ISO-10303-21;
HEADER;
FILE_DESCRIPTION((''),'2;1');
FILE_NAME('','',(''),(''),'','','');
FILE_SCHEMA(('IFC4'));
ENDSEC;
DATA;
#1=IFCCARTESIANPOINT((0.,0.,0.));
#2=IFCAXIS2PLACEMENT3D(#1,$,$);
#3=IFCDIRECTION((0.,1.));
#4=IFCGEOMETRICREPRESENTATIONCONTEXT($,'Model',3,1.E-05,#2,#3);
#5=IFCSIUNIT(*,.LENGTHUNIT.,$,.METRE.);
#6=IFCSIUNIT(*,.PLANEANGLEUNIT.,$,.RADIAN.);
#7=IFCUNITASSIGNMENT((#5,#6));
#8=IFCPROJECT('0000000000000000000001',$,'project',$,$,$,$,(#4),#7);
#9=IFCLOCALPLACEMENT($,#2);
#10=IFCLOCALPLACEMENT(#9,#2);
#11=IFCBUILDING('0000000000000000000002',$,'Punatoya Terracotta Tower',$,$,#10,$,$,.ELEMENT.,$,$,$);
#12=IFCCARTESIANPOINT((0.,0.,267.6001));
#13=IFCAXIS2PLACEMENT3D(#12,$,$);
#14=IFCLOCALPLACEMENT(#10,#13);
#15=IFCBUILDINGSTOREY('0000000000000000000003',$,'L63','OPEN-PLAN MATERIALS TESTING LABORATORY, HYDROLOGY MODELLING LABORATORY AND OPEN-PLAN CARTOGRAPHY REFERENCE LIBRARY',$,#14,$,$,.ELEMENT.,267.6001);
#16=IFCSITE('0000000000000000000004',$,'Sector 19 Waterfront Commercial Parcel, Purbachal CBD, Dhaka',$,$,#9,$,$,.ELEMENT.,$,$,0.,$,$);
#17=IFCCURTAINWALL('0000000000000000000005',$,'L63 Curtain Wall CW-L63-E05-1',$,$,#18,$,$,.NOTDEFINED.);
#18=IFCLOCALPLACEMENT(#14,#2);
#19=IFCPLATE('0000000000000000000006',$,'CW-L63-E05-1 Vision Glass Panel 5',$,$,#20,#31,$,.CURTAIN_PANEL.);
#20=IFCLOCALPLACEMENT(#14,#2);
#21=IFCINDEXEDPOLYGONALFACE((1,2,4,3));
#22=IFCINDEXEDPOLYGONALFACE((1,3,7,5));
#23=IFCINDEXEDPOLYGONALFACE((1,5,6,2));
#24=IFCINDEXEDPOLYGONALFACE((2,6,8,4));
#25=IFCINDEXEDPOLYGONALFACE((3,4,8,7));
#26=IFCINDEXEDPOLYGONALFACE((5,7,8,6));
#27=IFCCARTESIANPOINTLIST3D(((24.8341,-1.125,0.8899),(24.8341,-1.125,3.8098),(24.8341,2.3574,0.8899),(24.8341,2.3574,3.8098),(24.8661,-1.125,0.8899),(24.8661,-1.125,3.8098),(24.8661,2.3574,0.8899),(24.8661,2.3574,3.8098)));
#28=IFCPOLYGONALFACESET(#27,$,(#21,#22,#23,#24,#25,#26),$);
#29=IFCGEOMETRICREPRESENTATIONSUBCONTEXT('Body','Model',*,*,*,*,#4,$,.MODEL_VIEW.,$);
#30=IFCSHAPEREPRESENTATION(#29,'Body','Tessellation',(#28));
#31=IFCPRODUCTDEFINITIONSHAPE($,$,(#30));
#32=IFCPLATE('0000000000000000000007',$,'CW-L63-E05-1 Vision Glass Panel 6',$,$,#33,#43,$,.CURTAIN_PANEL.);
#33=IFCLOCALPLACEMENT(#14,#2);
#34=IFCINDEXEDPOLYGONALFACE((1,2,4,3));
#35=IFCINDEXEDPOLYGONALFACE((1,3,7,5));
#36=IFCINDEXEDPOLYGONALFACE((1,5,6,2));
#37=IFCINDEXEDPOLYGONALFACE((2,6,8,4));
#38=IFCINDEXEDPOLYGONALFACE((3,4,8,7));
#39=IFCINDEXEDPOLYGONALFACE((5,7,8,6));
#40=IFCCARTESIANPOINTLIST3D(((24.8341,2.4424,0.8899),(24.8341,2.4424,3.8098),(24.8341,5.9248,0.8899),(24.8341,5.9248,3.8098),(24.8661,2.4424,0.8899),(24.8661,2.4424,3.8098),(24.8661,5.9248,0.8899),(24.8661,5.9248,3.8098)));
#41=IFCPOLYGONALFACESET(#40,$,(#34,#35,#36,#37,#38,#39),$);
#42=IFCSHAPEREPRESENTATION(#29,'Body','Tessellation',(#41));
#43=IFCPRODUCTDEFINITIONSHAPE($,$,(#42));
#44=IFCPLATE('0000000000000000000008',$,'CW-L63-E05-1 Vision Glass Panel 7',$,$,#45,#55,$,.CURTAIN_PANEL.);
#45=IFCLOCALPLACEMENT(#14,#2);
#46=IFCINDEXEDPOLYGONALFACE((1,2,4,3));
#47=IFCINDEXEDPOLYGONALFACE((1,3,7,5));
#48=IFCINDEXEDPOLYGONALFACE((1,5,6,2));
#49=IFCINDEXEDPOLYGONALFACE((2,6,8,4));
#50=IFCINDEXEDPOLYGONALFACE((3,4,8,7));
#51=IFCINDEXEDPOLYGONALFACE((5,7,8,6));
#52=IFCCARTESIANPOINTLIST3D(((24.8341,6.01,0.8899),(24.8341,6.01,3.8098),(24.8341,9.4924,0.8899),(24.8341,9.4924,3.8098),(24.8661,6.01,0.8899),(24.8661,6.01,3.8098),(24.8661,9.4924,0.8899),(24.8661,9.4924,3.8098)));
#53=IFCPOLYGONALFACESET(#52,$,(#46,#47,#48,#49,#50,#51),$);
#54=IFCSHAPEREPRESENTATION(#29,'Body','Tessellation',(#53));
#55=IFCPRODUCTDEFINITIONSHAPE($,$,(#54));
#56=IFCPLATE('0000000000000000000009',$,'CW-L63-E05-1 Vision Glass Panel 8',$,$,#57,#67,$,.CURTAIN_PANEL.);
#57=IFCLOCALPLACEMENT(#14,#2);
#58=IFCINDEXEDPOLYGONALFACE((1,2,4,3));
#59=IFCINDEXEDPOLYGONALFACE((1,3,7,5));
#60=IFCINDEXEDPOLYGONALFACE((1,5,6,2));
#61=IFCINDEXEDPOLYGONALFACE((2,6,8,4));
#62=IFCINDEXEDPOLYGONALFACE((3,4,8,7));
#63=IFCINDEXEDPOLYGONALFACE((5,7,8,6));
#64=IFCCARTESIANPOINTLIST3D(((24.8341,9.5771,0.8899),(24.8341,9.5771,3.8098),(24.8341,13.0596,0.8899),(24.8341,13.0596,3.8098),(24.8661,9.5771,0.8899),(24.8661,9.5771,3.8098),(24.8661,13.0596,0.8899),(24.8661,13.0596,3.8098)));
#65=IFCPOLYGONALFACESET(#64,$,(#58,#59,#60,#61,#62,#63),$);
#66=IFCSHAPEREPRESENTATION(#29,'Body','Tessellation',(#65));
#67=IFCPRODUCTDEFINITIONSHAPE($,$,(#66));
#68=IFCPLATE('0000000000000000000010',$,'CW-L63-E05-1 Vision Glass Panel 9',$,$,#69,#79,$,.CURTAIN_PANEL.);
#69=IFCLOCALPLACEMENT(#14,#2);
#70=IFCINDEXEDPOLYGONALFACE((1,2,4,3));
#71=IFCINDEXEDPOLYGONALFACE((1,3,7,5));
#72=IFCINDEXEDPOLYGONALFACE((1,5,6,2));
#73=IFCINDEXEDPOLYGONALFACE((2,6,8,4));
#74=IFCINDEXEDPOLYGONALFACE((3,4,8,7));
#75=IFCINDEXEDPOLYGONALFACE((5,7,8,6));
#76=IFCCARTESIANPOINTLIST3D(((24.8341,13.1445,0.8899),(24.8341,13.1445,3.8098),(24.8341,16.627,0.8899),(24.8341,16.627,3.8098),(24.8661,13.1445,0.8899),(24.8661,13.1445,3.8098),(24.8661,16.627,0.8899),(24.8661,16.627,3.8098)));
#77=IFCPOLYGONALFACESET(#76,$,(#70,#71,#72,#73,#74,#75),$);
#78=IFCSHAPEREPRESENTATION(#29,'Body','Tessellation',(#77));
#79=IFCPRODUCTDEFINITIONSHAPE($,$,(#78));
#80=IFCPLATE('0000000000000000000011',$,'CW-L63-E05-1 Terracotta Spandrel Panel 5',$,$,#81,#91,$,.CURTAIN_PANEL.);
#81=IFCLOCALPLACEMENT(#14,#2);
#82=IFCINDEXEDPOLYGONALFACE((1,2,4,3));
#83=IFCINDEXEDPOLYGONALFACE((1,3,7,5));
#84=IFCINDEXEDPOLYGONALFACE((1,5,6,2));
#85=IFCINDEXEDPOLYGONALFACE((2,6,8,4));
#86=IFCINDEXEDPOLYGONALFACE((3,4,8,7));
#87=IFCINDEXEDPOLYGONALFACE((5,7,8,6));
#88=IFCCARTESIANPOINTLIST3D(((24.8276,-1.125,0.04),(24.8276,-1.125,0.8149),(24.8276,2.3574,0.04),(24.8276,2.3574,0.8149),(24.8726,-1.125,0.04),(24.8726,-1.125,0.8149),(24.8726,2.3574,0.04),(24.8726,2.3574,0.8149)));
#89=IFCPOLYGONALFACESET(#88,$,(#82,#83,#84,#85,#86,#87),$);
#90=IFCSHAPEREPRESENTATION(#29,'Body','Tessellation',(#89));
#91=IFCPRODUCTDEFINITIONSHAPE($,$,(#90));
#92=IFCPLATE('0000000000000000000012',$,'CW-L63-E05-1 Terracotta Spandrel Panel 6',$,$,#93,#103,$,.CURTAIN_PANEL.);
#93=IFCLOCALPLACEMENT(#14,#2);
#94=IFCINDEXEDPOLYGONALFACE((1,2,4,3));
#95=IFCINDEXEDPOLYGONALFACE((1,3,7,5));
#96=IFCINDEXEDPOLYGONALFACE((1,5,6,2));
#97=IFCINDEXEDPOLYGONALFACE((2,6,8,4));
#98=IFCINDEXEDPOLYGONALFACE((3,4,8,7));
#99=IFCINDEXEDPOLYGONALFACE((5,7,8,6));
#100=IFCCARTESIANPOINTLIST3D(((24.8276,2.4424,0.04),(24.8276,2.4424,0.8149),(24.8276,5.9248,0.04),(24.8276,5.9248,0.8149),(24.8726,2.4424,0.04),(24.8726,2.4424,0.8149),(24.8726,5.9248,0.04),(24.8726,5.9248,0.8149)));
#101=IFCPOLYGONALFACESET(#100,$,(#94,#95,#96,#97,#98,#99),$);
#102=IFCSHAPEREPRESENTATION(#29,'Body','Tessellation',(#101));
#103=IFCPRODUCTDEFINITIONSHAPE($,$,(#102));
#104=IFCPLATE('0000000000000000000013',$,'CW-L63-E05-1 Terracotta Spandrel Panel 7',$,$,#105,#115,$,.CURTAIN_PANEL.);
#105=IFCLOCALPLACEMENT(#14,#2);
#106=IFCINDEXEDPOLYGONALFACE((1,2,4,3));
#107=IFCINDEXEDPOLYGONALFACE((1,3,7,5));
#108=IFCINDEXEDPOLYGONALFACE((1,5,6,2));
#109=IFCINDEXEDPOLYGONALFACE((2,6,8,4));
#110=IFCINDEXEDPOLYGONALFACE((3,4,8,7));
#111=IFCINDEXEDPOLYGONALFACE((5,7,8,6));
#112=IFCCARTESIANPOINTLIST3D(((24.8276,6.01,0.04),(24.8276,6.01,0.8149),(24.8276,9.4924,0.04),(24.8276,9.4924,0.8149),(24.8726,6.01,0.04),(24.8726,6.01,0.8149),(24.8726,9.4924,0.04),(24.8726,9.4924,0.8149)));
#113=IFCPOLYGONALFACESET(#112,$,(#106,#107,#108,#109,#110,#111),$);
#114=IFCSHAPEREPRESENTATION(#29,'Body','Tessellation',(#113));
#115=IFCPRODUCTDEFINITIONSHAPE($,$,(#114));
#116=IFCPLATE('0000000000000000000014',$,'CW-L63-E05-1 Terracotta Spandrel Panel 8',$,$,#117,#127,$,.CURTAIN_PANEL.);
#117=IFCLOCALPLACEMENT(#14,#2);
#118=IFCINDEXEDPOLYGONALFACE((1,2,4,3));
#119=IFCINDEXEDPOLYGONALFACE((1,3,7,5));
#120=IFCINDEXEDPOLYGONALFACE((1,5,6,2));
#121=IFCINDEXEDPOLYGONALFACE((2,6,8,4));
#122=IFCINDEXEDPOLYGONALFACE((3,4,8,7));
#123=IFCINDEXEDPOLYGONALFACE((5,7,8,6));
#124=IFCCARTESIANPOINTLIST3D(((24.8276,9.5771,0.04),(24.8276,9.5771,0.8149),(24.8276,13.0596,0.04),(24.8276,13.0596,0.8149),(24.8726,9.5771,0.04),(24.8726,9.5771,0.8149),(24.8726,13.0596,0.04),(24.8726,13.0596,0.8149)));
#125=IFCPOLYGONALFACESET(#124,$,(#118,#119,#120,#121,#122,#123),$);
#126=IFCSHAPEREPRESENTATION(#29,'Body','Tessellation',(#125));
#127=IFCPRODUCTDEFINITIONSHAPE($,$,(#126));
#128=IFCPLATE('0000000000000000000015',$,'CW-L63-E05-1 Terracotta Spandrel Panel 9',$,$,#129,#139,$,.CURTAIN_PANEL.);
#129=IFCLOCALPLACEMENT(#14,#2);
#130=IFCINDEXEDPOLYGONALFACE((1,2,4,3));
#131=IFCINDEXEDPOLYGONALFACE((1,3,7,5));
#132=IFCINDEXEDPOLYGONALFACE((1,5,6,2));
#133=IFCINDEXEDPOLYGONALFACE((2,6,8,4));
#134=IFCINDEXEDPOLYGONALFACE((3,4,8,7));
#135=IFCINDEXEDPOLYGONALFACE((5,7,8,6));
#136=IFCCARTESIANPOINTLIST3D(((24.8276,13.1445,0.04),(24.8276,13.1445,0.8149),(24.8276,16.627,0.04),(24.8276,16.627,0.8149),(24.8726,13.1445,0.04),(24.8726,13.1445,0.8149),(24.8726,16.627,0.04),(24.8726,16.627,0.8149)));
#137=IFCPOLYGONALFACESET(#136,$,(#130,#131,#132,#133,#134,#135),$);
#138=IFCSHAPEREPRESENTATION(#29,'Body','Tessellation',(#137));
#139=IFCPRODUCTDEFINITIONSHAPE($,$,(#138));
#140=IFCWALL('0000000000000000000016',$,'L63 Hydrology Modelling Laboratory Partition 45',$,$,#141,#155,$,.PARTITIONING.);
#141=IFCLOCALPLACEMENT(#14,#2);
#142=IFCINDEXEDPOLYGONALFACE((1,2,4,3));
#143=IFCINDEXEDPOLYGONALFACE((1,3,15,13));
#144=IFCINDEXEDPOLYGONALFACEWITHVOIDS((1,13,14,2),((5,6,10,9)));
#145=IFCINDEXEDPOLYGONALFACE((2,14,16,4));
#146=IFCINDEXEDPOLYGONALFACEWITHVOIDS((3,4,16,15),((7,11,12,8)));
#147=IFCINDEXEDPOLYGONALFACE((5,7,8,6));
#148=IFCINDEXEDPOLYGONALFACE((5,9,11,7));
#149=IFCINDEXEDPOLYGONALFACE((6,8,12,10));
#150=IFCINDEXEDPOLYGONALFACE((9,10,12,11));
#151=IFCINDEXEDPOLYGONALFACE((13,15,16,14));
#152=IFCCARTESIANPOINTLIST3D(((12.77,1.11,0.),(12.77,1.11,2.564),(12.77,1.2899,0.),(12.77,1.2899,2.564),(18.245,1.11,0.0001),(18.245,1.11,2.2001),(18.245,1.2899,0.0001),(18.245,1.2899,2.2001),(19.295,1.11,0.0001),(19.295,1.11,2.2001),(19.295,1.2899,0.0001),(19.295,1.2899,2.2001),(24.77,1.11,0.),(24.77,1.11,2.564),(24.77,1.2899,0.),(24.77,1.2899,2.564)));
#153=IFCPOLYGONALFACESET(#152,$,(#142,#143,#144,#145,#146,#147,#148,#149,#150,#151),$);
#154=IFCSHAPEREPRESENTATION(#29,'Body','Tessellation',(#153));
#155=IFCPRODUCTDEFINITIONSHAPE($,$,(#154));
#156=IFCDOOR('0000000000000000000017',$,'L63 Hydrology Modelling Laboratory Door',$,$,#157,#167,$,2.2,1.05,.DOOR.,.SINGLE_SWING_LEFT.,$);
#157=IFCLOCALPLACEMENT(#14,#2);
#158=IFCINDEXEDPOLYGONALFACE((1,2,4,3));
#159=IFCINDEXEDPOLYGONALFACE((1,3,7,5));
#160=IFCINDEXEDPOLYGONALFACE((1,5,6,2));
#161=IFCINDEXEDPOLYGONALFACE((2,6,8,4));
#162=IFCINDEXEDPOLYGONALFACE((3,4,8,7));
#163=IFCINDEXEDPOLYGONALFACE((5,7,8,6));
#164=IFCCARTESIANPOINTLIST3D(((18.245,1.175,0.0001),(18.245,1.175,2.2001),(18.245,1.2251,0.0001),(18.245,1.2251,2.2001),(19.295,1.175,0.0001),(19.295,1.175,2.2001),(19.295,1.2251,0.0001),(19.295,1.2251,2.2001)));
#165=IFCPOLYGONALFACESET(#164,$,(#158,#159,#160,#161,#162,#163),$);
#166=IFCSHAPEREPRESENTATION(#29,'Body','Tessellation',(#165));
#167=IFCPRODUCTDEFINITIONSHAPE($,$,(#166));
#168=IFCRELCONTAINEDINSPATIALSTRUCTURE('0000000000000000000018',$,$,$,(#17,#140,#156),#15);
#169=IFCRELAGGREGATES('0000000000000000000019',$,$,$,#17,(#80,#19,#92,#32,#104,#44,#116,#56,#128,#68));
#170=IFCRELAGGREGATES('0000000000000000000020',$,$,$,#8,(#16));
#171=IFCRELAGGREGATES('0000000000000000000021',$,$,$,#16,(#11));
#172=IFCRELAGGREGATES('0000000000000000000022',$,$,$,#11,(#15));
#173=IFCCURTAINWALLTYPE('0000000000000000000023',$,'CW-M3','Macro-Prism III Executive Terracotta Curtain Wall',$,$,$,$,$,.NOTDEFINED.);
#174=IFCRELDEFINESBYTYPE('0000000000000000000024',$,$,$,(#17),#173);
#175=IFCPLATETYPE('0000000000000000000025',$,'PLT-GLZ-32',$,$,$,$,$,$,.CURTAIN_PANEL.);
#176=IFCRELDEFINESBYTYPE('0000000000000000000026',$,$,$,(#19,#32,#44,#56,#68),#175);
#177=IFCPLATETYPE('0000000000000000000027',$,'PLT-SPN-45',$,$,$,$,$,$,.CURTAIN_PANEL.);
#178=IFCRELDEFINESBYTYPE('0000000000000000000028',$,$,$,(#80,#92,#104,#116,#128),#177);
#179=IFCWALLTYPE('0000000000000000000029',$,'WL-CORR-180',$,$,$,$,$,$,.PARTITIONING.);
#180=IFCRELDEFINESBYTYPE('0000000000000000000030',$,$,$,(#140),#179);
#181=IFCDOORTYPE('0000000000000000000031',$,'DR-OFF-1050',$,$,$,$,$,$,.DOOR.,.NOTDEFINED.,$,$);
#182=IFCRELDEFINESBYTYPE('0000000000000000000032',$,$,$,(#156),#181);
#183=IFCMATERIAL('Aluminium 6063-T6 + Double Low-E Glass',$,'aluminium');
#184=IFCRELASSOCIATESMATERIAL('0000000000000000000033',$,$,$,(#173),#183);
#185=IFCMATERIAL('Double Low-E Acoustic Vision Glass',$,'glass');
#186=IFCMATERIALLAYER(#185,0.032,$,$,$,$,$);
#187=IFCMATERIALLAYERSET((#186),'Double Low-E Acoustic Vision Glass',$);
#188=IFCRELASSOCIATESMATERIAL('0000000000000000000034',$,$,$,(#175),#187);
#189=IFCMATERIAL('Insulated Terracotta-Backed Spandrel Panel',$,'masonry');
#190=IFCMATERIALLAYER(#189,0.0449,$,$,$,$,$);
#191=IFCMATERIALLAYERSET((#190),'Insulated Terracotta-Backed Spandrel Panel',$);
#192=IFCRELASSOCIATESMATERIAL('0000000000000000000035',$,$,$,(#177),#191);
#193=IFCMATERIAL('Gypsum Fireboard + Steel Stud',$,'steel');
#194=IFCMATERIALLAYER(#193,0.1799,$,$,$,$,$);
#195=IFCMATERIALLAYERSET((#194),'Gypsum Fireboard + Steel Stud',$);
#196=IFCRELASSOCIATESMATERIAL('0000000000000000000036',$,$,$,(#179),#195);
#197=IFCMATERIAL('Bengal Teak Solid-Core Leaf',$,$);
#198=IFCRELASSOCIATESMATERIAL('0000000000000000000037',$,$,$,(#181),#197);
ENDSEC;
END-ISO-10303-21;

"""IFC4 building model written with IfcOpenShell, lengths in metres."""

from ifc_helpers import new_model, si_unit, direction, frame, frame_2d, origin, origin_2d, place, context, subcontext, project, spatial, rectangle, extrude, material, layer, layer_set, type_object, element, fill, aggregate, save


model = new_model("IFC4")

# Units and contexts
model_context = context("Model", 3, precision=1e-05, world=origin(), true_north=direction((0.0, 1.0)))
body_context = subcontext(model_context, "Body", "Model", "MODEL_VIEW")
ifc_project = project(units=[si_unit("LENGTHUNIT", "METRE"), si_unit("PLANEANGLEUNIT", "RADIAN")], contexts=[model_context])

# Site, building, storey
site_placement = place(None, origin())
site = spatial("IfcSite", under=ifc_project, at=site_placement, Name="Sector 19 Waterfront Commercial Parcel, Purbachal CBD, Dhaka", CompositionType="ELEMENT", RefElevation=0.0)
building_placement = place(site_placement, origin())
building = spatial("IfcBuilding", under=site, at=building_placement, Name="Punatoya Terracotta Tower", CompositionType="ELEMENT")
storey_placement = place(building_placement, frame((0.0, 0.0, 267.6001)))
storey = spatial("IfcBuildingStorey", under=building, at=storey_placement, Name="L63", Description="OPEN-PLAN MATERIALS TESTING LABORATORY, HYDROLOGY MODELLING LABORATORY AND OPEN-PLAN CARTOGRAPHY REFERENCE LIBRARY", CompositionType="ELEMENT", Elevation=267.6001)

# Curtain wall, plates
ifc_material_1 = material(Name="Aluminium 6063-T6 + Double Low-E Glass", Category="aluminium")
curtain_wall_type = type_object("IfcCurtainWallType", Name="CW-M3", Description="Macro-Prism III Executive Terracotta Curtain Wall", PredefinedType="NOTDEFINED", material=ifc_material_1)
curtain_wall_placement = place(storey_placement, origin())
curtain_wall = element("IfcCurtainWall", 1, at=curtain_wall_placement, inside=storey, type_object=curtain_wall_type, Name="L63 Curtain Wall CW-L63-E05-1", PredefinedType="NOTDEFINED")
ifc_material_2 = material(Name="Double Low-E Acoustic Vision Glass", Category="glass")
ifc_layer_1 = layer(ifc_material_2, 0.032)
ifc_layer_set_1 = layer_set([ifc_layer_1], Name="Double Low-E Acoustic Vision Glass")
plate_type_1 = type_object("IfcPlateType", Name="PLT-GLZ-32", PredefinedType="CURTAIN_PANEL", material=ifc_layer_set_1)
plate_1_placement = place(storey_placement, frame((24.8501, 0.6162, 0.8899), z_axis=(0.0, 0.0, 1.0), x_axis=(0.0, 1.0, 0.0)))
plate_1 = element("IfcPlate", 2, at=plate_1_placement, type_object=plate_type_1, Name="CW-L63-E05-1 Vision Glass Panel 5", PredefinedType="CURTAIN_PANEL", context=body_context, shape_type="SweptSolid", body=[
    extrude(rectangle(XDim=3.4824, YDim=0.032, at=origin_2d()), origin(), (0.0, 0.0, 1.0), 2.9199),
])
plate_2_placement = place(storey_placement, frame((24.8501, 4.1836, 0.8899), z_axis=(0.0, 0.0, 1.0), x_axis=(0.0, 1.0, 0.0)))
plate_2 = element("IfcPlate", 3, at=plate_2_placement, type_object=plate_type_1, Name="CW-L63-E05-1 Vision Glass Panel 6", PredefinedType="CURTAIN_PANEL", context=body_context, shape_type="SweptSolid", body=[
    extrude(rectangle(XDim=3.4824, YDim=0.032, at=origin_2d()), origin(), (0.0, 0.0, 1.0), 2.9199),
])
plate_3_placement = place(storey_placement, frame((24.8501, 7.7512, 0.8899), z_axis=(0.0, 0.0, 1.0), x_axis=(0.0, 1.0, 0.0)))
plate_3 = element("IfcPlate", 4, at=plate_3_placement, type_object=plate_type_1, Name="CW-L63-E05-1 Vision Glass Panel 7", PredefinedType="CURTAIN_PANEL", context=body_context, shape_type="SweptSolid", body=[
    extrude(rectangle(XDim=3.4824, YDim=0.032, at=origin_2d()), origin(), (0.0, 0.0, 1.0), 2.9199),
])
plate_4_placement = place(storey_placement, frame((24.8501, 11.3184, 0.8899), z_axis=(0.0, 0.0, 1.0), x_axis=(0.0, 1.0, 0.0)))
plate_4 = element("IfcPlate", 5, at=plate_4_placement, type_object=plate_type_1, Name="CW-L63-E05-1 Vision Glass Panel 8", PredefinedType="CURTAIN_PANEL", context=body_context, shape_type="SweptSolid", body=[
    extrude(rectangle(XDim=3.4824, YDim=0.032, at=origin_2d()), origin(), (0.0, 0.0, 1.0), 2.9199),
])
plate_5_placement = place(storey_placement, frame((24.8501, 14.8857, 0.8899), z_axis=(0.0, 0.0, 1.0), x_axis=(0.0, 1.0, 0.0)))
plate_5 = element("IfcPlate", 6, at=plate_5_placement, type_object=plate_type_1, Name="CW-L63-E05-1 Vision Glass Panel 9", PredefinedType="CURTAIN_PANEL", context=body_context, shape_type="SweptSolid", body=[
    extrude(rectangle(XDim=3.4824, YDim=0.032, at=origin_2d()), origin(), (0.0, 0.0, 1.0), 2.9199),
])
ifc_material_3 = material(Name="Insulated Terracotta-Backed Spandrel Panel", Category="masonry")
ifc_layer_2 = layer(ifc_material_3, 0.0449)
ifc_layer_set_2 = layer_set([ifc_layer_2], Name="Insulated Terracotta-Backed Spandrel Panel")
plate_type_2 = type_object("IfcPlateType", Name="PLT-SPN-45", PredefinedType="CURTAIN_PANEL", material=ifc_layer_set_2)
plate_6_placement = place(storey_placement, frame((24.8501, 0.6162, 0.04), z_axis=(0.0, 0.0, 1.0), x_axis=(0.0, 1.0, 0.0)))
plate_6 = element("IfcPlate", 7, at=plate_6_placement, type_object=plate_type_2, Name="CW-L63-E05-1 Terracotta Spandrel Panel 5", PredefinedType="CURTAIN_PANEL", context=body_context, shape_type="SweptSolid", body=[
    extrude(rectangle(XDim=3.4824, YDim=0.0449, at=origin_2d()), origin(), (0.0, 0.0, 1.0), 0.7749),
])
plate_7_placement = place(storey_placement, frame((24.8501, 4.1836, 0.04), z_axis=(0.0, 0.0, 1.0), x_axis=(0.0, 1.0, 0.0)))
plate_7 = element("IfcPlate", 8, at=plate_7_placement, type_object=plate_type_2, Name="CW-L63-E05-1 Terracotta Spandrel Panel 6", PredefinedType="CURTAIN_PANEL", context=body_context, shape_type="SweptSolid", body=[
    extrude(rectangle(XDim=3.4824, YDim=0.0449, at=origin_2d()), origin(), (0.0, 0.0, 1.0), 0.7749),
])
plate_8_placement = place(storey_placement, frame((24.8501, 7.7512, 0.04), z_axis=(0.0, 0.0, 1.0), x_axis=(0.0, 1.0, 0.0)))
plate_8 = element("IfcPlate", 9, at=plate_8_placement, type_object=plate_type_2, Name="CW-L63-E05-1 Terracotta Spandrel Panel 7", PredefinedType="CURTAIN_PANEL", context=body_context, shape_type="SweptSolid", body=[
    extrude(rectangle(XDim=3.4824, YDim=0.0449, at=origin_2d()), origin(), (0.0, 0.0, 1.0), 0.7749),
])
plate_9_placement = place(storey_placement, frame((24.8501, 11.3184, 0.04), z_axis=(0.0, 0.0, 1.0), x_axis=(0.0, 1.0, 0.0)))
plate_9 = element("IfcPlate", 10, at=plate_9_placement, type_object=plate_type_2, Name="CW-L63-E05-1 Terracotta Spandrel Panel 8", PredefinedType="CURTAIN_PANEL", context=body_context, shape_type="SweptSolid", body=[
    extrude(rectangle(XDim=3.4824, YDim=0.0449, at=origin_2d()), origin(), (0.0, 0.0, 1.0), 0.7749),
])
plate_10_placement = place(storey_placement, frame((24.8501, 14.8857, 0.04), z_axis=(0.0, 0.0, 1.0), x_axis=(0.0, 1.0, 0.0)))
plate_10 = element("IfcPlate", 11, at=plate_10_placement, type_object=plate_type_2, Name="CW-L63-E05-1 Terracotta Spandrel Panel 9", PredefinedType="CURTAIN_PANEL", context=body_context, shape_type="SweptSolid", body=[
    extrude(rectangle(XDim=3.4824, YDim=0.0449, at=origin_2d()), origin(), (0.0, 0.0, 1.0), 0.7749),
])
aggregate(curtain_wall, [plate_6, plate_1, plate_7, plate_2, plate_8, plate_3, plate_9, plate_4, plate_10, plate_5])

# Wall, opening, door
ifc_material_4 = material(Name="Gypsum Fireboard + Steel Stud", Category="steel")
ifc_layer_3 = layer(ifc_material_4, 0.1799)
ifc_layer_set_3 = layer_set([ifc_layer_3], Name="Gypsum Fireboard + Steel Stud")
wall_type = type_object("IfcWallType", Name="WL-CORR-180", PredefinedType="PARTITIONING", material=ifc_layer_set_3)
wall_1_placement = place(storey_placement, frame((24.77, 1.2, 0.0), z_axis=(0.0, 0.0, 1.0), x_axis=(-1.0, 0.0, 0.0)))
wall_1 = element("IfcWall", 12, at=wall_1_placement, inside=storey, type_object=wall_type, Name="L63 Hydrology Modelling Laboratory Partition 45", PredefinedType="PARTITIONING", context=body_context, shape_type="SweptSolid", body=[
    extrude(rectangle(XDim=12.0, YDim=0.1799, at=frame_2d((6.0, 0.0))), origin(), (0.0, 0.0, 1.0), 2.564),
])
opening_1_placement = place(wall_1_placement, frame((5.4751, 0.0, 0.0)))
opening_1 = element("IfcOpeningElement", 13, at=opening_1_placement, cuts=wall_1, PredefinedType="OPENING", context=body_context, shape_type="SweptSolid", body=[
    extrude(rectangle(XDim=1.05, YDim=2.2, at=frame_2d((0.5249, 1.1001))), frame((0.0, 0.0999, 0.0), z_axis=(0.0, -1.0, 0.0), x_axis=(1.0, 0.0, 0.0)), (0.0, 0.0, 1.0), 0.2),
])
ifc_material_5 = material(Name="Bengal Teak Solid-Core Leaf")
door_type = type_object("IfcDoorType", Name="DR-OFF-1050", OperationType="NOTDEFINED", PredefinedType="DOOR", material=ifc_material_5)
door_1_placement = place(opening_1_placement, origin())
door_1 = element("IfcDoor", 14, at=door_1_placement, inside=storey, type_object=door_type, Name="L63 Hydrology Modelling Laboratory Door", OperationType="SINGLE_SWING_LEFT", OverallHeight=2.2, OverallWidth=1.05, PredefinedType="DOOR", context=body_context, shape_type="SweptSolid", body=[
    extrude(rectangle(XDim=1.05, YDim=2.2, at=frame_2d((0.5249, 1.1001))), frame((0.0, 0.0249, 0.0), z_axis=(0.0, -1.0, 0.0), x_axis=(1.0, 0.0, 0.0)), (0.0, 0.0, 1.0), 0.05),
])
fill(opening_1, door_1)

save(model, "model.ifc")
